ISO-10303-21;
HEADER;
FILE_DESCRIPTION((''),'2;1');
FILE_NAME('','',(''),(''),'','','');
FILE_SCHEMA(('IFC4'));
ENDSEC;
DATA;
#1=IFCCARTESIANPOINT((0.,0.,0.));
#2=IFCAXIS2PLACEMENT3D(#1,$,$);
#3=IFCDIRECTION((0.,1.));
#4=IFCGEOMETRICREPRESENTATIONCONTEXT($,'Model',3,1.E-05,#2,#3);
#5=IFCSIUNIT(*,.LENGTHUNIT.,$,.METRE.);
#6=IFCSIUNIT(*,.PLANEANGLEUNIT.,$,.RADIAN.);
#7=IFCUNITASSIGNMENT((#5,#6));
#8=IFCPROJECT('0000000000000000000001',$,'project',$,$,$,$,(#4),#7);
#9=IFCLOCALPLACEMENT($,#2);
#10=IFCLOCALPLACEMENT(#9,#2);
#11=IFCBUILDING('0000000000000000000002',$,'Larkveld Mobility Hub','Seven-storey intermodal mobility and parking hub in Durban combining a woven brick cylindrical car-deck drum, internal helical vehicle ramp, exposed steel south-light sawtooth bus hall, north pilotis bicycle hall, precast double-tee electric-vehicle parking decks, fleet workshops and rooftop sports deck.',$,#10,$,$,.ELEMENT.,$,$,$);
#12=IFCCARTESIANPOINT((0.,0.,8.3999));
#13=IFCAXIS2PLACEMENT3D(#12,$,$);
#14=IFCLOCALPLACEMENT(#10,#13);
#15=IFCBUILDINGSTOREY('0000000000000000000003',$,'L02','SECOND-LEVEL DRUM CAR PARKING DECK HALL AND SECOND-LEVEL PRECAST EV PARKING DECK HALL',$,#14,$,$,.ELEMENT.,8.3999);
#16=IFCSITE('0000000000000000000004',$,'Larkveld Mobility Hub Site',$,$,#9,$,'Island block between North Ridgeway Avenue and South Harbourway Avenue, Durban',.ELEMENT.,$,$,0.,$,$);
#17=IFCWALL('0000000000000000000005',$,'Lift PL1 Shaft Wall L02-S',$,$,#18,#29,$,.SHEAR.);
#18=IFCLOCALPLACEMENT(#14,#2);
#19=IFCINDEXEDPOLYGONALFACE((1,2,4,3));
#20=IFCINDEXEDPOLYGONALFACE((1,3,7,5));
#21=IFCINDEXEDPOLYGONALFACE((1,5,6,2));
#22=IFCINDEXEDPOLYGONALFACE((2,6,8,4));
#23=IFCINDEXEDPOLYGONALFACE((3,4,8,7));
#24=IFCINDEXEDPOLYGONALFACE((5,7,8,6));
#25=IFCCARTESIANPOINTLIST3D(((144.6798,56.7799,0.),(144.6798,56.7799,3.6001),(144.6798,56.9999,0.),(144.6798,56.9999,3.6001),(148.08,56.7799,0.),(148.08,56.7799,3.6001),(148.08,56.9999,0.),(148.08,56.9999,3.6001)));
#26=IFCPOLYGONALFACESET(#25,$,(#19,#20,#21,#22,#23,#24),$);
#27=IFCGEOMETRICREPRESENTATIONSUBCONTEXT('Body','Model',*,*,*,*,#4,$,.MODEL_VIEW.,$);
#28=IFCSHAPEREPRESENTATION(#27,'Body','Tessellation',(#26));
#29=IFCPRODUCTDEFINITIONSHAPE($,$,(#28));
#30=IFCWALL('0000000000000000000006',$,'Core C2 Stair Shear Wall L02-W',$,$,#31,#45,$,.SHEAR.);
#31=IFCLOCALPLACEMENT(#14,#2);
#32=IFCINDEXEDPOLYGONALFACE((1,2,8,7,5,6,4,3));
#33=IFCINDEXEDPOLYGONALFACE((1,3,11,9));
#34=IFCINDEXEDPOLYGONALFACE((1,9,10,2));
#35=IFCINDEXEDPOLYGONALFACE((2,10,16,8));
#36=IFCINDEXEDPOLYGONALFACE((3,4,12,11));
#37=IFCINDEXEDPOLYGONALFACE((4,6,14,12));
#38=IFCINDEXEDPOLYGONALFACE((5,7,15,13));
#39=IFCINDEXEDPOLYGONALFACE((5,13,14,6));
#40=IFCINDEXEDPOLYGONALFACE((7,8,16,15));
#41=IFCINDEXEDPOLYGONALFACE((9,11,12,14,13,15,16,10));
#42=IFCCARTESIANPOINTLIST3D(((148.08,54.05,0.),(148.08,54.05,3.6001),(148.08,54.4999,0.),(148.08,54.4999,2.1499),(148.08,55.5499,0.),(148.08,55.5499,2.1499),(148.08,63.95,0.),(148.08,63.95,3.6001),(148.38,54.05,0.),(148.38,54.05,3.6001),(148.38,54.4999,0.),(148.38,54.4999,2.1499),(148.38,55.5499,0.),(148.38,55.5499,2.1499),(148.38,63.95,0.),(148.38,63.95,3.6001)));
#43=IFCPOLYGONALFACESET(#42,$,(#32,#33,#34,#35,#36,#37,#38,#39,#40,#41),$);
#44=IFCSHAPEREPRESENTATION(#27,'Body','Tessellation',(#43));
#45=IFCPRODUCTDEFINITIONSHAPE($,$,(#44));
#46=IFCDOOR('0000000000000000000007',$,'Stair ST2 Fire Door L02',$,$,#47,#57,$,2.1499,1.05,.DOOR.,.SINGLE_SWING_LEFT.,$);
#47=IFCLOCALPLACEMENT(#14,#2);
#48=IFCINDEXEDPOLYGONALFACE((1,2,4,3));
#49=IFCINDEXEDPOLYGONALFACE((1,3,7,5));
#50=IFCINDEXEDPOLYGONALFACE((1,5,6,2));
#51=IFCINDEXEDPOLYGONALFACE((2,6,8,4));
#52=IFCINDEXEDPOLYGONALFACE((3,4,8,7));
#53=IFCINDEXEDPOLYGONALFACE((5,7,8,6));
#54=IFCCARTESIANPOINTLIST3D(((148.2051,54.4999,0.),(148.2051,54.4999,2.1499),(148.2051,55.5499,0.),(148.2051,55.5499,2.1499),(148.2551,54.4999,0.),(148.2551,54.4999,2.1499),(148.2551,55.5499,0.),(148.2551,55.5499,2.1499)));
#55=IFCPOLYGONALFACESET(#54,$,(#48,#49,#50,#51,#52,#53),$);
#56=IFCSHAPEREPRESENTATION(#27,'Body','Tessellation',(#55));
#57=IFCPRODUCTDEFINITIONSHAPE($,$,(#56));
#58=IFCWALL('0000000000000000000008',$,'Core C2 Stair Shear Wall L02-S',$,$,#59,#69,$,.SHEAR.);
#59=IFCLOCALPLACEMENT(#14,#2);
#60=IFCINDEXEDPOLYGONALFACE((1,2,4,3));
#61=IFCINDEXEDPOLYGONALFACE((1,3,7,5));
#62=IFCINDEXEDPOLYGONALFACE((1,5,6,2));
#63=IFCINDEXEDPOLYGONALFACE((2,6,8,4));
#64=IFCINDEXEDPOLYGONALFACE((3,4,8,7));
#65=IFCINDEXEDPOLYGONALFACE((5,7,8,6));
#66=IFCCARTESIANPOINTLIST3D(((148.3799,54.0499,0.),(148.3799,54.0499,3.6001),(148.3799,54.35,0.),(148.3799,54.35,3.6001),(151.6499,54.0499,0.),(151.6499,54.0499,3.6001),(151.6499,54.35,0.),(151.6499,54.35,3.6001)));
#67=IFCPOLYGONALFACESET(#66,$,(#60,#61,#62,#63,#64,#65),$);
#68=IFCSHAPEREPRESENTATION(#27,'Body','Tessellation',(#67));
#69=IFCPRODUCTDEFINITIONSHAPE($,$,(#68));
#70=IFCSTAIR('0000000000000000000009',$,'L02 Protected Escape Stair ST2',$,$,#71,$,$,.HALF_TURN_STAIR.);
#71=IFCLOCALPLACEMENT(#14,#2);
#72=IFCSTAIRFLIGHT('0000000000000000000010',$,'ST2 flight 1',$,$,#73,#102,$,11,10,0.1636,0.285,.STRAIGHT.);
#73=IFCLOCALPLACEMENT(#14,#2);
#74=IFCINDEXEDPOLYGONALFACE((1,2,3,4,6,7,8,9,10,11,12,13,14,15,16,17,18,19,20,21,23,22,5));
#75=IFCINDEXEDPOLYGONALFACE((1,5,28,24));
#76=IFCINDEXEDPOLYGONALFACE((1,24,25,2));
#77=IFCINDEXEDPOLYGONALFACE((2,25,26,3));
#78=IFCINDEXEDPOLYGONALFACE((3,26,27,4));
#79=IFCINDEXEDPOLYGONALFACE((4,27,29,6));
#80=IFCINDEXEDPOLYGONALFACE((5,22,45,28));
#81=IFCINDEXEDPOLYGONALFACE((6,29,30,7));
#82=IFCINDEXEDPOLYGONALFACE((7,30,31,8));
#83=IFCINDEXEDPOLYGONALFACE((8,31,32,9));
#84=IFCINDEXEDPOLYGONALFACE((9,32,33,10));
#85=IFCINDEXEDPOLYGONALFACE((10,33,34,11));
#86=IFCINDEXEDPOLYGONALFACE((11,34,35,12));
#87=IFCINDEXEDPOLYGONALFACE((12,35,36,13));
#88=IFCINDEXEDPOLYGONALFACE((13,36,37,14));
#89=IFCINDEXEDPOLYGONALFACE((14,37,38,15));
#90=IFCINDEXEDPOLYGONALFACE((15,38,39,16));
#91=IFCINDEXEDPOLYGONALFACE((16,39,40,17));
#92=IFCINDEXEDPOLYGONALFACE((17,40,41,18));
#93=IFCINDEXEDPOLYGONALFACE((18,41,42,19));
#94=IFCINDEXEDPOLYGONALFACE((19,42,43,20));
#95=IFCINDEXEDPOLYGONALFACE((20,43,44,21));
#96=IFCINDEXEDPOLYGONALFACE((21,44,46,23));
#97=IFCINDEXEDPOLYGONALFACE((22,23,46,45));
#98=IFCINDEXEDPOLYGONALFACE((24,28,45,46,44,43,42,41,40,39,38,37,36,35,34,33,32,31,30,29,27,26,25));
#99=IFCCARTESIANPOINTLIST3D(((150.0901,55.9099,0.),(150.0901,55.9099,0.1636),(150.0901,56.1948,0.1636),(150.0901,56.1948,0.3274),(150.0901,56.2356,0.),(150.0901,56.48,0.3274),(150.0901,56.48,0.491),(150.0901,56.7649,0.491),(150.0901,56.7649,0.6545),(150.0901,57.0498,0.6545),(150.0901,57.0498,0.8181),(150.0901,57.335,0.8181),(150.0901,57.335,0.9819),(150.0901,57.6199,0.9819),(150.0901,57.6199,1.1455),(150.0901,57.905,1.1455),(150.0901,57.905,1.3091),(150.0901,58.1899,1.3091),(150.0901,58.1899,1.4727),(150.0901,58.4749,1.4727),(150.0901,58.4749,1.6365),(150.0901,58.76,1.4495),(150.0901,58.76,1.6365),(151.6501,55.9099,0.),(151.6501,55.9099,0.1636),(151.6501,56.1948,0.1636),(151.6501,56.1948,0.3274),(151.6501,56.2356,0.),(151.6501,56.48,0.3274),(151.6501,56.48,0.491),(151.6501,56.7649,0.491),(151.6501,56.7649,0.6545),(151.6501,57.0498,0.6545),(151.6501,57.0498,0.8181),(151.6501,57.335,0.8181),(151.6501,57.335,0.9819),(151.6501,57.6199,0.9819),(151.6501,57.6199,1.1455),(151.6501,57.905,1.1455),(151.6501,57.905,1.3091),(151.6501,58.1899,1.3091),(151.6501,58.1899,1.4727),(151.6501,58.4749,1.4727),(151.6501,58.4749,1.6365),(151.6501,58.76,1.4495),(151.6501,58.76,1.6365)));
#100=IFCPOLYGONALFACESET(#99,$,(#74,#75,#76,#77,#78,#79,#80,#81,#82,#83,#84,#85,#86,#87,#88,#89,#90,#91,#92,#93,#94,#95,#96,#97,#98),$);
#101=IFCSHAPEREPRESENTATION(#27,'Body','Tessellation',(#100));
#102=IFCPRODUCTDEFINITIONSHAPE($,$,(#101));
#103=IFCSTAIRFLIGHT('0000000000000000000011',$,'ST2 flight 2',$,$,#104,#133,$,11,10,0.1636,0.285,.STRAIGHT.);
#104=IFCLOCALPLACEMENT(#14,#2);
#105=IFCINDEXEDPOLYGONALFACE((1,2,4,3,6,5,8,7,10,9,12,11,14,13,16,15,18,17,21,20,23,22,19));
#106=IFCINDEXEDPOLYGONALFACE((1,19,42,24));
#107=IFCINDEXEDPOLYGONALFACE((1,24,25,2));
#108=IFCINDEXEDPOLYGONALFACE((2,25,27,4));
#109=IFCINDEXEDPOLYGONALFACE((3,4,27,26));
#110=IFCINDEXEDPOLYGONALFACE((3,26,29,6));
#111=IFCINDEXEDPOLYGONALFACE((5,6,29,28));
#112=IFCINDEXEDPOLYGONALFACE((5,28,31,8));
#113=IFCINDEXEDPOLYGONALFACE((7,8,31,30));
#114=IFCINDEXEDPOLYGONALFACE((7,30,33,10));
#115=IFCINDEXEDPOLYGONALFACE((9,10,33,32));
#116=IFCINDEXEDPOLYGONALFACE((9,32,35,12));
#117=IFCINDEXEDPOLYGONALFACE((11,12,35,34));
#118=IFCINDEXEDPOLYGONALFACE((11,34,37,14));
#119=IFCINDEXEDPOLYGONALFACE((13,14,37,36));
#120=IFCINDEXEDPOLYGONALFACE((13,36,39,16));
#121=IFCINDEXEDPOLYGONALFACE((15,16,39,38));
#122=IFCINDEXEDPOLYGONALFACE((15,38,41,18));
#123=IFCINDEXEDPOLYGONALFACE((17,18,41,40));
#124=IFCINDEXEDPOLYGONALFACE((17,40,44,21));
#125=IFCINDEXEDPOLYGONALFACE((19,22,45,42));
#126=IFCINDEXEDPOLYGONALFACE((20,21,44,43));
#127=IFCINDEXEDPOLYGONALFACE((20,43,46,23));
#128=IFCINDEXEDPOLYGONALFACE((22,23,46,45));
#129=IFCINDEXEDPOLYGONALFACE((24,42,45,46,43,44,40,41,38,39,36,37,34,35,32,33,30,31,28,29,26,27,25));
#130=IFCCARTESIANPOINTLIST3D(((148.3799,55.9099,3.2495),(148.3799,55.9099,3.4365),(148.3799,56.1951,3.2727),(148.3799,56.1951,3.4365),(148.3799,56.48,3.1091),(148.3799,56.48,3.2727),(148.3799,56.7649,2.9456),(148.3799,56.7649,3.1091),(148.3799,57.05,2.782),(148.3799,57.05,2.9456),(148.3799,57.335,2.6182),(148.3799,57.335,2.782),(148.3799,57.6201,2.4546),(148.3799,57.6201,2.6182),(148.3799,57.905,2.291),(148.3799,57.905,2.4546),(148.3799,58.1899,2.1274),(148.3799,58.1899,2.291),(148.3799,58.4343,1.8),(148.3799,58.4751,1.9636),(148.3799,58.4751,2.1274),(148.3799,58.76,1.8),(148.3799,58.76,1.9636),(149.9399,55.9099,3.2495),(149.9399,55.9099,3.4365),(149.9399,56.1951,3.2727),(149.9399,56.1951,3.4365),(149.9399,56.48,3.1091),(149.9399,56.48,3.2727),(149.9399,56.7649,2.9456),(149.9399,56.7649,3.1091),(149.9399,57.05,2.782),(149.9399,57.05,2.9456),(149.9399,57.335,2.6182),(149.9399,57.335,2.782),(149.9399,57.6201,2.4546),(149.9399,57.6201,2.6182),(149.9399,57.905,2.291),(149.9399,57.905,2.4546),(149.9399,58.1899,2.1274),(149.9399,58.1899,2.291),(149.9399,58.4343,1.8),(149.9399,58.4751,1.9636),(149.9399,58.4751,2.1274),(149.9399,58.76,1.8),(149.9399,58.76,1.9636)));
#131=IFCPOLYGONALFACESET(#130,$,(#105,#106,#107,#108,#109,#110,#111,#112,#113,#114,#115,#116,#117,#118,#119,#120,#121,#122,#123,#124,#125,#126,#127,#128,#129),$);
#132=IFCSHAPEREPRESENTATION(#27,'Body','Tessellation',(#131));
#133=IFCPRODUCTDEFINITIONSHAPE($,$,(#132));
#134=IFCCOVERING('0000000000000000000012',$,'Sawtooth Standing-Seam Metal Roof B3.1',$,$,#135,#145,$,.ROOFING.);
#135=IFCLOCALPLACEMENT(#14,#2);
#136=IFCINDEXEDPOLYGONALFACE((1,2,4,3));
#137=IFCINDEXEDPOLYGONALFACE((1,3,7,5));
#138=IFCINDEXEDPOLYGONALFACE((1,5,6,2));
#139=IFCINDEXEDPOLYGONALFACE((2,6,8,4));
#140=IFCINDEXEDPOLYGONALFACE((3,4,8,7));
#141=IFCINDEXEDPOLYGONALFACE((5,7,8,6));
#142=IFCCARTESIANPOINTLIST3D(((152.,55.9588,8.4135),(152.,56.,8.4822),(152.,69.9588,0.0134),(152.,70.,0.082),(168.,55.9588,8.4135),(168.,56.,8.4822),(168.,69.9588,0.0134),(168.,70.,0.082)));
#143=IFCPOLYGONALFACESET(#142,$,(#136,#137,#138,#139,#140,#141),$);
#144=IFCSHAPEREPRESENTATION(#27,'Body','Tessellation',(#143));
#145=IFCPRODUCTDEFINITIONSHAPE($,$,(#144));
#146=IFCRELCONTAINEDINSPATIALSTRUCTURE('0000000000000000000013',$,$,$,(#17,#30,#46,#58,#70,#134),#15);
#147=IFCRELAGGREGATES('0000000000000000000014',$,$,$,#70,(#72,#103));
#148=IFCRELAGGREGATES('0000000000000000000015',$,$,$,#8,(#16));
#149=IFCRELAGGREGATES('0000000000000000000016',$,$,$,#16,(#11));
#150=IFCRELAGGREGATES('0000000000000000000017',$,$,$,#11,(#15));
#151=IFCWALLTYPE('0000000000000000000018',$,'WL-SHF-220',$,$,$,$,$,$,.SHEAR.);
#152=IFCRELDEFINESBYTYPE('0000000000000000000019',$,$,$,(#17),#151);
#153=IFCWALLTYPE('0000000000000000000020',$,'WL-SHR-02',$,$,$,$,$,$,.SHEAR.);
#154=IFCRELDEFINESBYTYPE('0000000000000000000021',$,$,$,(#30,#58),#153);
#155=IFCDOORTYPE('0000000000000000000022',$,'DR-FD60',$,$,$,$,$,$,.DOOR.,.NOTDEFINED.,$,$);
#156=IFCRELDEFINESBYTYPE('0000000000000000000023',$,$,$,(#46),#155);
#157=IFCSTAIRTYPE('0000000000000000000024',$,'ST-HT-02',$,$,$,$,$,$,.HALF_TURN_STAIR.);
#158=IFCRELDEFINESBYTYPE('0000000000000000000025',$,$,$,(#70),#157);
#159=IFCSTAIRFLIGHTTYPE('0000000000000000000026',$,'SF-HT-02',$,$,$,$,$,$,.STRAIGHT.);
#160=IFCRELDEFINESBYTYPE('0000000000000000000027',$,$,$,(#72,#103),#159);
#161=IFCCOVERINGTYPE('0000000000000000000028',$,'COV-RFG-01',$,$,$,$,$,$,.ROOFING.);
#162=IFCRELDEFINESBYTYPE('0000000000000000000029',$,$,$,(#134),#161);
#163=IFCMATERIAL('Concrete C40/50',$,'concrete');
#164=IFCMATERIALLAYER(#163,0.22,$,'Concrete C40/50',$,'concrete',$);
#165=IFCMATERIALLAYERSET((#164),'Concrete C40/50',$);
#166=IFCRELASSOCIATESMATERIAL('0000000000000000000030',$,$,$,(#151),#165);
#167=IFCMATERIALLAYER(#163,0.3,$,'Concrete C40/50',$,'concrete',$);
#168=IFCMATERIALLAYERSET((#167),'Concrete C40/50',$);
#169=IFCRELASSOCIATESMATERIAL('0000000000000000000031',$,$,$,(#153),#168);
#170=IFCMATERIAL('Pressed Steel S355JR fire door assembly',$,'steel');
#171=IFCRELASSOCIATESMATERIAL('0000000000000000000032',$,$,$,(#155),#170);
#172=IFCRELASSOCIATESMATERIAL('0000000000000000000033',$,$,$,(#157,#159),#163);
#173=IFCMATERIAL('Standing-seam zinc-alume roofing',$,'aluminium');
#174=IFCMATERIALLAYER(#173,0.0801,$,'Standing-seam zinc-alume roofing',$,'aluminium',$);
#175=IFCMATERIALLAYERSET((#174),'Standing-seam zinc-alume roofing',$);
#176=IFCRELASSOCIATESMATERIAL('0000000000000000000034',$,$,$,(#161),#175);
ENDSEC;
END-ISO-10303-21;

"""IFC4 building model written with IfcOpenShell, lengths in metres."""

from ifc_helpers import new_model, si_unit, direction, frame, frame_2d, origin, place, context, subcontext, project, spatial, polyline, rectangle, outline, extrude, material, layer, layer_set, type_object, element, fill, aggregate, save


model = new_model("IFC4")

# Units and contexts
model_context = context("Model", 3, precision=1e-05, world=origin(), true_north=direction((0.0, 1.0)))
body_context = subcontext(model_context, "Body", "Model", "MODEL_VIEW")
ifc_project = project(units=[si_unit("LENGTHUNIT", "METRE"), si_unit("PLANEANGLEUNIT", "RADIAN")], contexts=[model_context])

# Site, building, storey
site_placement = place(None, origin())
site = spatial("IfcSite", under=ifc_project, at=site_placement, Name="Larkveld Mobility Hub Site", LongName="Island block between North Ridgeway Avenue and South Harbourway Avenue, Durban", CompositionType="ELEMENT", RefElevation=0.0)
building_placement = place(site_placement, origin())
building = spatial("IfcBuilding", under=site, at=building_placement, Name="Larkveld Mobility Hub", Description="Seven-storey intermodal mobility and parking hub in Durban combining a woven brick cylindrical car-deck drum, internal helical vehicle ramp, exposed steel south-light sawtooth bus hall, north pilotis bicycle hall, precast double-tee electric-vehicle parking decks, fleet workshops and rooftop sports deck.", CompositionType="ELEMENT")
storey_placement = place(building_placement, frame((0.0, 0.0, 8.3999)))
storey = spatial("IfcBuildingStorey", under=building, at=storey_placement, Name="L02", Description="SECOND-LEVEL DRUM CAR PARKING DECK HALL AND SECOND-LEVEL PRECAST EV PARKING DECK HALL", CompositionType="ELEMENT", Elevation=8.3999)

# Shared definitions
ifc_material_1 = material(Name="Concrete C40/50", Category="concrete")

# Shared definitions
ifc_layer_1 = layer(ifc_material_1, 0.22, Name="Concrete C40/50", Category="concrete")
ifc_layer_set_1 = layer_set([ifc_layer_1], Name="Concrete C40/50")
wall_type_1 = type_object("IfcWallType", Name="WL-SHF-220", PredefinedType="SHEAR", material=ifc_layer_set_1)

# Wall
wall_1_placement = place(storey_placement, frame((148.0801, 56.8899, 0.0), z_axis=(0.0, 0.0, 1.0), x_axis=(-1.0, 0.0, 0.0)))
element("IfcWall", 1, at=wall_1_placement, inside=storey, type_object=wall_type_1, Name="Lift PL1 Shaft Wall L02-S", PredefinedType="SHEAR", context=body_context, shape_type="SweptSolid", body=[
    extrude(rectangle(XDim=3.4001, YDim=0.22, at=frame_2d((1.7002, 0.0))), origin(), (0.0, 0.0, 1.0), 3.6001),
])

# Wall, opening, door
ifc_layer_2 = layer(ifc_material_1, 0.3, Name="Concrete C40/50", Category="concrete")
ifc_layer_set_2 = layer_set([ifc_layer_2], Name="Concrete C40/50")
wall_type_2 = type_object("IfcWallType", Name="WL-SHR-02", PredefinedType="SHEAR", material=ifc_layer_set_2)
wall_2_placement = place(storey_placement, frame((148.23, 54.05, 0.0), z_axis=(0.0, 0.0, 1.0), x_axis=(0.0, 1.0, 0.0)))
wall_2 = element("IfcWall", 2, at=wall_2_placement, inside=storey, type_object=wall_type_2, Name="Core C2 Stair Shear Wall L02-W", PredefinedType="SHEAR", context=body_context, shape_type="SweptSolid", body=[
    extrude(rectangle(XDim=9.8999, YDim=0.3, at=frame_2d((4.95, 0.0))), origin(), (0.0, 0.0, 1.0), 3.6001),
])
opening_1_placement = place(wall_2_placement, frame((0.45, 0.0, 0.0)))
opening_1 = element("IfcOpeningElement", 3, at=opening_1_placement, cuts=wall_2, PredefinedType="OPENING", context=body_context, shape_type="SweptSolid", body=[
    extrude(rectangle(XDim=1.05, YDim=2.1499, at=frame_2d((0.5249, 1.075))), frame((0.0, 0.1602, 0.0), z_axis=(0.0, -1.0, 0.0), x_axis=(1.0, 0.0, 0.0)), (0.0, 0.0, 1.0), 0.3201),
])
ifc_material_2 = material(Name="Pressed Steel S355JR fire door assembly", Category="steel")
door_type_1 = type_object("IfcDoorType", Name="DR-FD60", OperationType="NOTDEFINED", PredefinedType="DOOR", material=ifc_material_2)
door_1_placement = place(opening_1_placement, origin())
door_1 = element("IfcDoor", 4, at=door_1_placement, inside=storey, type_object=door_type_1, Name="Stair ST2 Fire Door L02", OperationType="SINGLE_SWING_LEFT", OverallHeight=2.1499, OverallWidth=1.05, PredefinedType="DOOR", context=body_context, shape_type="SweptSolid", body=[
    extrude(rectangle(XDim=1.05, YDim=2.1499, at=frame_2d((0.5249, 1.075))), frame((0.0, 0.0249, 0.0), z_axis=(0.0, -1.0, 0.0), x_axis=(1.0, 0.0, 0.0)), (0.0, 0.0, 1.0), 0.05),
])
fill(opening_1, door_1)

# Wall
wall_3_placement = place(storey_placement, frame((151.6499, 54.2, 0.0), z_axis=(0.0, 0.0, 1.0), x_axis=(-1.0, 0.0, 0.0)))
element("IfcWall", 5, at=wall_3_placement, inside=storey, type_object=wall_type_2, Name="Core C2 Stair Shear Wall L02-S", PredefinedType="SHEAR", context=body_context, shape_type="SweptSolid", body=[
    extrude(rectangle(XDim=3.27, YDim=0.3, at=frame_2d((1.635, 0.0))), origin(), (0.0, 0.0, 1.0), 3.6001),
])

# Stair, stair flights
stair_type = type_object("IfcStairType", Name="ST-HT-02", PredefinedType="HALF_TURN_STAIR", material=ifc_material_1)
stair_placement = place(storey_placement, origin())
stair = element("IfcStair", 6, at=stair_placement, inside=storey, type_object=stair_type, Name="L02 Protected Escape Stair ST2", PredefinedType="HALF_TURN_STAIR")
stair_flight_type = type_object("IfcStairFlightType", Name="SF-HT-02", PredefinedType="STRAIGHT", material=ifc_material_1)
stair_flight_1_placement = place(storey_placement, frame((150.8701, 55.9099, 0.0), z_axis=(0.0, 0.0, 1.0), x_axis=(0.0, 1.0, 0.0)))
stair_flight_1 = element("IfcStairFlight", 7, at=stair_flight_1_placement, type_object=stair_flight_type, Name="ST2 flight 1", NumberOfRisers=11, NumberOfTreads=10, PredefinedType="STRAIGHT", RiserHeight=0.1636, TreadLength=0.285, context=body_context, shape_type="SweptSolid", body=[
    extrude(outline(polyline([(0.0, 0.0), (0.0, 0.1636), (0.2849, 0.1636), (0.2849, 0.3274), (0.5701, 0.3274), (0.5701, 0.491), (0.855, 0.491), (0.855, 0.6545), (1.1399, 0.6545), (1.1399, 0.8181), (1.425, 0.8181), (1.425, 0.9819), (1.71, 0.9819), (1.71, 1.1455), (1.9951, 1.1455), (1.9951, 1.3091), (2.28, 1.3091), (2.28, 1.4727), (2.5649, 1.4727), (2.5649, 1.6365), (2.8501, 1.6365), (2.8501, 1.8), (2.8501, 1.4495), (0.3257, 0.0), (0.0, 0.0)])), frame((0.0, 0.78, 0.0), z_axis=(0.0, -1.0, 0.0), x_axis=(1.0, 0.0, 0.0)), (0.0, 0.0, 1.0), 1.5601),
])
stair_flight_2_placement = place(storey_placement, frame((149.1599, 58.76, 1.8), z_axis=(0.0, 0.0, 1.0), x_axis=(0.0, -1.0, 0.0)))
stair_flight_2 = element("IfcStairFlight", 8, at=stair_flight_2_placement, type_object=stair_flight_type, Name="ST2 flight 2", NumberOfRisers=11, NumberOfTreads=10, PredefinedType="STRAIGHT", RiserHeight=0.1636, TreadLength=0.285, context=body_context, shape_type="SweptSolid", body=[
    extrude(outline(polyline([(0.0, 0.0), (0.0, 0.1636), (0.2849, 0.1636), (0.2849, 0.3274), (0.5701, 0.3274), (0.5701, 0.491), (0.855, 0.491), (0.855, 0.6545), (1.1399, 0.6545), (1.1399, 0.8181), (1.425, 0.8181), (1.425, 0.9819), (1.71, 0.9819), (1.71, 1.1455), (1.9951, 1.1455), (1.9951, 1.3091), (2.28, 1.3091), (2.28, 1.4727), (2.5649, 1.4727), (2.5649, 1.6365), (2.8501, 1.6365), (2.8501, 1.8), (2.8501, 1.4495), (0.3257, 0.0), (0.0, 0.0)])), frame((0.0, 0.78, 0.0), z_axis=(0.0, -1.0, 0.0), x_axis=(1.0, 0.0, 0.0)), (0.0, 0.0, 1.0), 1.5601),
])
aggregate(stair, [stair_flight_1, stair_flight_2])

# Covering
ifc_material_3 = material(Name="Standing-seam zinc-alume roofing", Category="aluminium")
ifc_layer_3 = layer(ifc_material_3, 0.0801, Name="Standing-seam zinc-alume roofing", Category="aluminium")
ifc_layer_set_3 = layer_set([ifc_layer_3], Name="Standing-seam zinc-alume roofing")
covering_type = type_object("IfcCoveringType", Name="COV-RFG-01", PredefinedType="ROOFING", material=ifc_layer_set_3)
covering_placement = place(storey_placement, frame((152.0, 56.0, 8.4822), z_axis=(0.0, 0.514502, 0.857489), x_axis=(1.0, 0.0, 0.0)))
element("IfcCovering", 9, at=covering_placement, inside=storey, type_object=covering_type, Name="Sawtooth Standing-Seam Metal Roof B3.1", PredefinedType="ROOFING", context=body_context, shape_type="SweptSolid", body=[
    extrude(outline(polyline([(0.0, 0.0), (16.0, 0.0), (16.0, 16.3267), (0.0, 16.3267), (0.0, 0.0)])), origin(), (0.0, 0.0, -1.0), 0.0801),
])

save(model, "model.ifc")
